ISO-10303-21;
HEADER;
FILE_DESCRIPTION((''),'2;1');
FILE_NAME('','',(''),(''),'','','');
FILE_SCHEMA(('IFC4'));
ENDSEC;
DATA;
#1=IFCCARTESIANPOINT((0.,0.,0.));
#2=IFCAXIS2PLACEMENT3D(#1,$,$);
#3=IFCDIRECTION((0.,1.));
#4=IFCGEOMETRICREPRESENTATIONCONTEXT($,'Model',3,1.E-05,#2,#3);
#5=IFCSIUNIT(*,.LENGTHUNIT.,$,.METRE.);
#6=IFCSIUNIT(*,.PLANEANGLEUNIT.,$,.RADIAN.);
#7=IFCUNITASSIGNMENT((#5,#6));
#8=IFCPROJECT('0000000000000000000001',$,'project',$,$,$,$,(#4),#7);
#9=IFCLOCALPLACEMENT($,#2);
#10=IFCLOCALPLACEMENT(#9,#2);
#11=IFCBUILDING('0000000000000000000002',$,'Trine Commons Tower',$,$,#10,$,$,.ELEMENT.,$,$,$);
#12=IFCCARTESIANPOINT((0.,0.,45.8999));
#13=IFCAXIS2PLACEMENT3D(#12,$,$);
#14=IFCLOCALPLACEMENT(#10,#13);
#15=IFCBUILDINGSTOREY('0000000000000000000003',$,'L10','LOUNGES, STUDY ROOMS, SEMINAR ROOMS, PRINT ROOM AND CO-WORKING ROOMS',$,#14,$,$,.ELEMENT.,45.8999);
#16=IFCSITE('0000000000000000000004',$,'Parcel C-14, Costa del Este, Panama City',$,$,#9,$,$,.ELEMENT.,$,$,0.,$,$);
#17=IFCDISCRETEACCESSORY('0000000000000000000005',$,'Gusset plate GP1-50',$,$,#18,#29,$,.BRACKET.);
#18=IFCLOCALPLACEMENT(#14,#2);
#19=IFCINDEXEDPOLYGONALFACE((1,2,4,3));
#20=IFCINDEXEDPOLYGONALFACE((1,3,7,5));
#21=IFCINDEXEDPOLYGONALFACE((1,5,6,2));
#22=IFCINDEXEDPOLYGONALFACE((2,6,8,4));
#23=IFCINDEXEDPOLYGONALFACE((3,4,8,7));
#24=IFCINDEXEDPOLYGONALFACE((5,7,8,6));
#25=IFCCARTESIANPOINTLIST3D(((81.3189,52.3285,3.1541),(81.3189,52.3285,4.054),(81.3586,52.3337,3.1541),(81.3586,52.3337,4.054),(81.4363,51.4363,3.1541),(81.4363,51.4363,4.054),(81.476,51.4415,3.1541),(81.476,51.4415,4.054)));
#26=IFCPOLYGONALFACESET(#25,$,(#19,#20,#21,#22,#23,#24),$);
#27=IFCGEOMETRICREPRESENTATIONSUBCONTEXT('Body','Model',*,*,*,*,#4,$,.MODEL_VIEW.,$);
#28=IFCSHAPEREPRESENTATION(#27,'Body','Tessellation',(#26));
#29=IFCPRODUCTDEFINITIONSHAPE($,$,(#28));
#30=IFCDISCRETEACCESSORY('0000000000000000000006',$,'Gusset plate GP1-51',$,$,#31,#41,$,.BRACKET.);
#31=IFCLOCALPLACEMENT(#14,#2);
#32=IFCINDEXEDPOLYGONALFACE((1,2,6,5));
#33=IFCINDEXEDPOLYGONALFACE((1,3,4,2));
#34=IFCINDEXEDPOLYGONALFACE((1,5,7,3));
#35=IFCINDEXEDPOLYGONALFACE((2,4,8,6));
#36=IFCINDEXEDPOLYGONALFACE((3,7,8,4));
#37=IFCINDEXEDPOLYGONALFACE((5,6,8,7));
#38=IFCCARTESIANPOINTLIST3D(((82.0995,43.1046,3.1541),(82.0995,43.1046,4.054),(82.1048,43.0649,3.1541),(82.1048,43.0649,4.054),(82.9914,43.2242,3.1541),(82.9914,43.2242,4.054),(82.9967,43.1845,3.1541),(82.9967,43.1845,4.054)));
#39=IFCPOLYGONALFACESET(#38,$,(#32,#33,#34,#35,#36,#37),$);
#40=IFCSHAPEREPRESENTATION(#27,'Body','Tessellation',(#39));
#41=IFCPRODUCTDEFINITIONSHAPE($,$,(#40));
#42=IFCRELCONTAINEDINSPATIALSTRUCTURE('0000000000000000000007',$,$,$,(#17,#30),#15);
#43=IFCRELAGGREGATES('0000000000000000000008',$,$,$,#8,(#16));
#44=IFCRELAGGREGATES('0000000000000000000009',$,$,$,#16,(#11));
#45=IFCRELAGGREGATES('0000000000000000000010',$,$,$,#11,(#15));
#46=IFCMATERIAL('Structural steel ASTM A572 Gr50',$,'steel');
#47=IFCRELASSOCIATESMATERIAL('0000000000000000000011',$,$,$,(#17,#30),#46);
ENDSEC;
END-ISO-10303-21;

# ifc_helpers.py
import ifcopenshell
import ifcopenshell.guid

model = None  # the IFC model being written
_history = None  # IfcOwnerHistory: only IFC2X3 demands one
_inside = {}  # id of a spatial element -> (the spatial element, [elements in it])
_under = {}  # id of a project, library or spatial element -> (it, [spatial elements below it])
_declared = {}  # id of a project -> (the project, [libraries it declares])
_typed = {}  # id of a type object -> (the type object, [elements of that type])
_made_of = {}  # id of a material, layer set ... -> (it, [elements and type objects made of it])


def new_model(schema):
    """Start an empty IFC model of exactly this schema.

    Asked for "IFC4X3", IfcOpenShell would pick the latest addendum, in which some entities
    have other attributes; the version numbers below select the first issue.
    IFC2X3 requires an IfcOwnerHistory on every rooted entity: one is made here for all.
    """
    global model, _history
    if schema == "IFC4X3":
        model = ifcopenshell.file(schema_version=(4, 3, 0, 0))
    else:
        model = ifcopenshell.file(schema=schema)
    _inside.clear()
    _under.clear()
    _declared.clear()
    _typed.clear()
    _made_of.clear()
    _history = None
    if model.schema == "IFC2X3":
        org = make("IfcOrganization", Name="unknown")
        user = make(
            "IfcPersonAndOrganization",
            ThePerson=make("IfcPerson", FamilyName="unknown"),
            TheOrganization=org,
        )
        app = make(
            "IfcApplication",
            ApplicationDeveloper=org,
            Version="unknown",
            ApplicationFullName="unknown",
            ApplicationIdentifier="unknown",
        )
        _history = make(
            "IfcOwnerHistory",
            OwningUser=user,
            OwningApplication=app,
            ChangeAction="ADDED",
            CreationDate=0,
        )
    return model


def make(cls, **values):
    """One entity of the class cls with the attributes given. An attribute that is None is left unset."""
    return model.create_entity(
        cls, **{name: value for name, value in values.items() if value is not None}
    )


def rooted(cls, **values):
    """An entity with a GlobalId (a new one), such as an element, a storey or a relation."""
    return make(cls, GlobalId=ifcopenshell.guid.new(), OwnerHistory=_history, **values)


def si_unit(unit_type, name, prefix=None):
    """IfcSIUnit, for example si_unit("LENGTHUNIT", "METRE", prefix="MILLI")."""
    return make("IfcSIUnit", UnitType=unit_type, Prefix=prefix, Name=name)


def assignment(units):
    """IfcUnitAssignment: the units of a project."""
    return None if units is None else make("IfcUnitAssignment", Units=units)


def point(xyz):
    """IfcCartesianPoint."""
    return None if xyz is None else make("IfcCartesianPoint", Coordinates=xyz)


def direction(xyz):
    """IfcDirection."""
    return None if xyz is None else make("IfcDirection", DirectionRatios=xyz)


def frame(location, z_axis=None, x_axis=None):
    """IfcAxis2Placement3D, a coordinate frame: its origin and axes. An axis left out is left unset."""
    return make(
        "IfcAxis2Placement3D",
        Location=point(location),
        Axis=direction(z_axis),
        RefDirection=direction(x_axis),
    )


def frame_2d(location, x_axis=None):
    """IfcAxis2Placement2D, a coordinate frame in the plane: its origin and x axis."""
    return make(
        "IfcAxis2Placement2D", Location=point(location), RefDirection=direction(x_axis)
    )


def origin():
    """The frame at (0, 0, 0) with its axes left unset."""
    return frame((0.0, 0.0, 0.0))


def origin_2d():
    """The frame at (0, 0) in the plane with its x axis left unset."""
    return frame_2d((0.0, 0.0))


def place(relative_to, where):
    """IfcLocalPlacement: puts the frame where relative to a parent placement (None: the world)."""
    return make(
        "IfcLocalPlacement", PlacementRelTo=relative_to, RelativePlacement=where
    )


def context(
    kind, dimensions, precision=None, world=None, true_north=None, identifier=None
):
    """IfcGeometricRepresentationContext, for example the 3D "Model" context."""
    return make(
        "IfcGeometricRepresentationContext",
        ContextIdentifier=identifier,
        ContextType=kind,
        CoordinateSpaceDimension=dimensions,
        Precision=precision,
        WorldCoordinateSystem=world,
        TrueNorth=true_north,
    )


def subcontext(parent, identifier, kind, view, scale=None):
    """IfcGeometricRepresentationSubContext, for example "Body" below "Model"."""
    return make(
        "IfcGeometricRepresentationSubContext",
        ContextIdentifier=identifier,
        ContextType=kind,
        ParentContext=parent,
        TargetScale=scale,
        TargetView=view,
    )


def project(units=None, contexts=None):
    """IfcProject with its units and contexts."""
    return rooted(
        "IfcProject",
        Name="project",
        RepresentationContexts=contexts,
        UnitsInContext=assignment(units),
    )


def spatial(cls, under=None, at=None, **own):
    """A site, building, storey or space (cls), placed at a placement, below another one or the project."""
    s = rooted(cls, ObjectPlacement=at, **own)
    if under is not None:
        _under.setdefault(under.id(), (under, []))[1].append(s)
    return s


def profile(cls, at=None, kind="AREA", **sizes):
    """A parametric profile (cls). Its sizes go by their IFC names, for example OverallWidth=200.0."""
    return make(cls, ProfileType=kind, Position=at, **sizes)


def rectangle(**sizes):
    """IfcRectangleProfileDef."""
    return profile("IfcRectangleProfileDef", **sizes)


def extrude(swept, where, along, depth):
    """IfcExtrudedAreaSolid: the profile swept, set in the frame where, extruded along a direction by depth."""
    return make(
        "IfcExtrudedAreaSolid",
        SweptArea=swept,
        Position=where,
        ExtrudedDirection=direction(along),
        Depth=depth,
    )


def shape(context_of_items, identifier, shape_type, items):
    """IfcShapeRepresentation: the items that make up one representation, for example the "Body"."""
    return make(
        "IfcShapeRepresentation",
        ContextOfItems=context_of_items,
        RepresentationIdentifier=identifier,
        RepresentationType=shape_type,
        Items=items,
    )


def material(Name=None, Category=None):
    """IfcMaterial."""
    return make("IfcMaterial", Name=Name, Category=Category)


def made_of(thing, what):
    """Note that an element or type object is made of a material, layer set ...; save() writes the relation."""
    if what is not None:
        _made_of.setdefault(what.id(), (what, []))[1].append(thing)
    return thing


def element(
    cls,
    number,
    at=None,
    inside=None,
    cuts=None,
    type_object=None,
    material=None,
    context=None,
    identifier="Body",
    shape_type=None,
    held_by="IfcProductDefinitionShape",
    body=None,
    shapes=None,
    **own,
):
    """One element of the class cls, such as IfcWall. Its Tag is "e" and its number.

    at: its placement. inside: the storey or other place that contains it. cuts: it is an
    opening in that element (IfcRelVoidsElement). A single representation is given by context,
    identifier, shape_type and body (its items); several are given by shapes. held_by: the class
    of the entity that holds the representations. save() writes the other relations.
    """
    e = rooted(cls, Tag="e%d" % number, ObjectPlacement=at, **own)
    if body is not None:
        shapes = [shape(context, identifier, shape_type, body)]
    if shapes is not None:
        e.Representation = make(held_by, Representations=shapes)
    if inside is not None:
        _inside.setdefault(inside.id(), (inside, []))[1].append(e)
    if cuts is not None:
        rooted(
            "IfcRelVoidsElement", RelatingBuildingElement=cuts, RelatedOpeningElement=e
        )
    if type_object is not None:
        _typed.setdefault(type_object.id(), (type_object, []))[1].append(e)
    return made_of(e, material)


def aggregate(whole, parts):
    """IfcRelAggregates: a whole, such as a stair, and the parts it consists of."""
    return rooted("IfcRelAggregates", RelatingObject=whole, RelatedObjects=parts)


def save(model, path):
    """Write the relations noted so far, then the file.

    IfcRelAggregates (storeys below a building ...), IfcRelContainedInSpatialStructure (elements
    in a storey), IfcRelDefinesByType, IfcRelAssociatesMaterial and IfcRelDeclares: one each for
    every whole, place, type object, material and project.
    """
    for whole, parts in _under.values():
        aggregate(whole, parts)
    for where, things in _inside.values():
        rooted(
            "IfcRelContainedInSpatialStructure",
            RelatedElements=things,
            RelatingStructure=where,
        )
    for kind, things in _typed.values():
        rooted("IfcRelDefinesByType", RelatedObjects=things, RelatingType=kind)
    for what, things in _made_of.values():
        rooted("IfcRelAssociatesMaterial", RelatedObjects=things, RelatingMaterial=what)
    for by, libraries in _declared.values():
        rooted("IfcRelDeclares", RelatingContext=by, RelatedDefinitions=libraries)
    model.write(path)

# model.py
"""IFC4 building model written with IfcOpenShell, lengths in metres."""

from ifc_helpers import new_model, si_unit, direction, frame, origin, origin_2d, place, context, subcontext, project, spatial, rectangle, extrude, material, element, save


model = new_model("IFC4")

# Units and contexts
model_context = context("Model", 3, precision=1e-05, world=origin(), true_north=direction((0.0, 1.0)))
body_context = subcontext(model_context, "Body", "Model", "MODEL_VIEW")
ifc_project = project(units=[si_unit("LENGTHUNIT", "METRE"), si_unit("PLANEANGLEUNIT", "RADIAN")], contexts=[model_context])

# Site, building, storey
site_placement = place(None, origin())
site = spatial("IfcSite", under=ifc_project, at=site_placement, Name="Parcel C-14, Costa del Este, Panama City", CompositionType="ELEMENT", RefElevation=0.0)
building_placement = place(site_placement, origin())
building = spatial("IfcBuilding", under=site, at=building_placement, Name="Trine Commons Tower", CompositionType="ELEMENT")
storey_placement = place(building_placement, frame((0.0, 0.0, 45.8999)))
storey = spatial("IfcBuildingStorey", under=building, at=storey_placement, Name="L10", Description="LOUNGES, STUDY ROOMS, SEMINAR ROOMS, PRINT ROOM AND CO-WORKING ROOMS", CompositionType="ELEMENT", Elevation=45.8999)

# Discrete accessories
ifc_material_1 = material(Name="Structural steel ASTM A572 Gr50", Category="steel")
for number, where, z_axis, x_axis, name in (
    (1, (81.3975, 51.885, 3.1541), (0.0, 0.0, 1.0), (0.130526, -0.991445, 0.0), "Gusset plate GP1-50"),
    (2, (82.5481, 43.1445, 3.1541), (0.0, 0.0, 1.0), (0.991135, 0.132862, 0.0), "Gusset plate GP1-51"),
):
    element("IfcDiscreteAccessory", number, at=place(storey_placement, frame(where, z_axis=z_axis, x_axis=x_axis)), inside=storey, material=ifc_material_1, Name=name, PredefinedType="BRACKET", context=body_context, shape_type="SweptSolid", body=[
        extrude(rectangle(XDim=0.8999, YDim=0.04, at=origin_2d()), origin(), (0.0, 0.0, 1.0), 0.8999),
    ])

save(model, "model.ifc")
